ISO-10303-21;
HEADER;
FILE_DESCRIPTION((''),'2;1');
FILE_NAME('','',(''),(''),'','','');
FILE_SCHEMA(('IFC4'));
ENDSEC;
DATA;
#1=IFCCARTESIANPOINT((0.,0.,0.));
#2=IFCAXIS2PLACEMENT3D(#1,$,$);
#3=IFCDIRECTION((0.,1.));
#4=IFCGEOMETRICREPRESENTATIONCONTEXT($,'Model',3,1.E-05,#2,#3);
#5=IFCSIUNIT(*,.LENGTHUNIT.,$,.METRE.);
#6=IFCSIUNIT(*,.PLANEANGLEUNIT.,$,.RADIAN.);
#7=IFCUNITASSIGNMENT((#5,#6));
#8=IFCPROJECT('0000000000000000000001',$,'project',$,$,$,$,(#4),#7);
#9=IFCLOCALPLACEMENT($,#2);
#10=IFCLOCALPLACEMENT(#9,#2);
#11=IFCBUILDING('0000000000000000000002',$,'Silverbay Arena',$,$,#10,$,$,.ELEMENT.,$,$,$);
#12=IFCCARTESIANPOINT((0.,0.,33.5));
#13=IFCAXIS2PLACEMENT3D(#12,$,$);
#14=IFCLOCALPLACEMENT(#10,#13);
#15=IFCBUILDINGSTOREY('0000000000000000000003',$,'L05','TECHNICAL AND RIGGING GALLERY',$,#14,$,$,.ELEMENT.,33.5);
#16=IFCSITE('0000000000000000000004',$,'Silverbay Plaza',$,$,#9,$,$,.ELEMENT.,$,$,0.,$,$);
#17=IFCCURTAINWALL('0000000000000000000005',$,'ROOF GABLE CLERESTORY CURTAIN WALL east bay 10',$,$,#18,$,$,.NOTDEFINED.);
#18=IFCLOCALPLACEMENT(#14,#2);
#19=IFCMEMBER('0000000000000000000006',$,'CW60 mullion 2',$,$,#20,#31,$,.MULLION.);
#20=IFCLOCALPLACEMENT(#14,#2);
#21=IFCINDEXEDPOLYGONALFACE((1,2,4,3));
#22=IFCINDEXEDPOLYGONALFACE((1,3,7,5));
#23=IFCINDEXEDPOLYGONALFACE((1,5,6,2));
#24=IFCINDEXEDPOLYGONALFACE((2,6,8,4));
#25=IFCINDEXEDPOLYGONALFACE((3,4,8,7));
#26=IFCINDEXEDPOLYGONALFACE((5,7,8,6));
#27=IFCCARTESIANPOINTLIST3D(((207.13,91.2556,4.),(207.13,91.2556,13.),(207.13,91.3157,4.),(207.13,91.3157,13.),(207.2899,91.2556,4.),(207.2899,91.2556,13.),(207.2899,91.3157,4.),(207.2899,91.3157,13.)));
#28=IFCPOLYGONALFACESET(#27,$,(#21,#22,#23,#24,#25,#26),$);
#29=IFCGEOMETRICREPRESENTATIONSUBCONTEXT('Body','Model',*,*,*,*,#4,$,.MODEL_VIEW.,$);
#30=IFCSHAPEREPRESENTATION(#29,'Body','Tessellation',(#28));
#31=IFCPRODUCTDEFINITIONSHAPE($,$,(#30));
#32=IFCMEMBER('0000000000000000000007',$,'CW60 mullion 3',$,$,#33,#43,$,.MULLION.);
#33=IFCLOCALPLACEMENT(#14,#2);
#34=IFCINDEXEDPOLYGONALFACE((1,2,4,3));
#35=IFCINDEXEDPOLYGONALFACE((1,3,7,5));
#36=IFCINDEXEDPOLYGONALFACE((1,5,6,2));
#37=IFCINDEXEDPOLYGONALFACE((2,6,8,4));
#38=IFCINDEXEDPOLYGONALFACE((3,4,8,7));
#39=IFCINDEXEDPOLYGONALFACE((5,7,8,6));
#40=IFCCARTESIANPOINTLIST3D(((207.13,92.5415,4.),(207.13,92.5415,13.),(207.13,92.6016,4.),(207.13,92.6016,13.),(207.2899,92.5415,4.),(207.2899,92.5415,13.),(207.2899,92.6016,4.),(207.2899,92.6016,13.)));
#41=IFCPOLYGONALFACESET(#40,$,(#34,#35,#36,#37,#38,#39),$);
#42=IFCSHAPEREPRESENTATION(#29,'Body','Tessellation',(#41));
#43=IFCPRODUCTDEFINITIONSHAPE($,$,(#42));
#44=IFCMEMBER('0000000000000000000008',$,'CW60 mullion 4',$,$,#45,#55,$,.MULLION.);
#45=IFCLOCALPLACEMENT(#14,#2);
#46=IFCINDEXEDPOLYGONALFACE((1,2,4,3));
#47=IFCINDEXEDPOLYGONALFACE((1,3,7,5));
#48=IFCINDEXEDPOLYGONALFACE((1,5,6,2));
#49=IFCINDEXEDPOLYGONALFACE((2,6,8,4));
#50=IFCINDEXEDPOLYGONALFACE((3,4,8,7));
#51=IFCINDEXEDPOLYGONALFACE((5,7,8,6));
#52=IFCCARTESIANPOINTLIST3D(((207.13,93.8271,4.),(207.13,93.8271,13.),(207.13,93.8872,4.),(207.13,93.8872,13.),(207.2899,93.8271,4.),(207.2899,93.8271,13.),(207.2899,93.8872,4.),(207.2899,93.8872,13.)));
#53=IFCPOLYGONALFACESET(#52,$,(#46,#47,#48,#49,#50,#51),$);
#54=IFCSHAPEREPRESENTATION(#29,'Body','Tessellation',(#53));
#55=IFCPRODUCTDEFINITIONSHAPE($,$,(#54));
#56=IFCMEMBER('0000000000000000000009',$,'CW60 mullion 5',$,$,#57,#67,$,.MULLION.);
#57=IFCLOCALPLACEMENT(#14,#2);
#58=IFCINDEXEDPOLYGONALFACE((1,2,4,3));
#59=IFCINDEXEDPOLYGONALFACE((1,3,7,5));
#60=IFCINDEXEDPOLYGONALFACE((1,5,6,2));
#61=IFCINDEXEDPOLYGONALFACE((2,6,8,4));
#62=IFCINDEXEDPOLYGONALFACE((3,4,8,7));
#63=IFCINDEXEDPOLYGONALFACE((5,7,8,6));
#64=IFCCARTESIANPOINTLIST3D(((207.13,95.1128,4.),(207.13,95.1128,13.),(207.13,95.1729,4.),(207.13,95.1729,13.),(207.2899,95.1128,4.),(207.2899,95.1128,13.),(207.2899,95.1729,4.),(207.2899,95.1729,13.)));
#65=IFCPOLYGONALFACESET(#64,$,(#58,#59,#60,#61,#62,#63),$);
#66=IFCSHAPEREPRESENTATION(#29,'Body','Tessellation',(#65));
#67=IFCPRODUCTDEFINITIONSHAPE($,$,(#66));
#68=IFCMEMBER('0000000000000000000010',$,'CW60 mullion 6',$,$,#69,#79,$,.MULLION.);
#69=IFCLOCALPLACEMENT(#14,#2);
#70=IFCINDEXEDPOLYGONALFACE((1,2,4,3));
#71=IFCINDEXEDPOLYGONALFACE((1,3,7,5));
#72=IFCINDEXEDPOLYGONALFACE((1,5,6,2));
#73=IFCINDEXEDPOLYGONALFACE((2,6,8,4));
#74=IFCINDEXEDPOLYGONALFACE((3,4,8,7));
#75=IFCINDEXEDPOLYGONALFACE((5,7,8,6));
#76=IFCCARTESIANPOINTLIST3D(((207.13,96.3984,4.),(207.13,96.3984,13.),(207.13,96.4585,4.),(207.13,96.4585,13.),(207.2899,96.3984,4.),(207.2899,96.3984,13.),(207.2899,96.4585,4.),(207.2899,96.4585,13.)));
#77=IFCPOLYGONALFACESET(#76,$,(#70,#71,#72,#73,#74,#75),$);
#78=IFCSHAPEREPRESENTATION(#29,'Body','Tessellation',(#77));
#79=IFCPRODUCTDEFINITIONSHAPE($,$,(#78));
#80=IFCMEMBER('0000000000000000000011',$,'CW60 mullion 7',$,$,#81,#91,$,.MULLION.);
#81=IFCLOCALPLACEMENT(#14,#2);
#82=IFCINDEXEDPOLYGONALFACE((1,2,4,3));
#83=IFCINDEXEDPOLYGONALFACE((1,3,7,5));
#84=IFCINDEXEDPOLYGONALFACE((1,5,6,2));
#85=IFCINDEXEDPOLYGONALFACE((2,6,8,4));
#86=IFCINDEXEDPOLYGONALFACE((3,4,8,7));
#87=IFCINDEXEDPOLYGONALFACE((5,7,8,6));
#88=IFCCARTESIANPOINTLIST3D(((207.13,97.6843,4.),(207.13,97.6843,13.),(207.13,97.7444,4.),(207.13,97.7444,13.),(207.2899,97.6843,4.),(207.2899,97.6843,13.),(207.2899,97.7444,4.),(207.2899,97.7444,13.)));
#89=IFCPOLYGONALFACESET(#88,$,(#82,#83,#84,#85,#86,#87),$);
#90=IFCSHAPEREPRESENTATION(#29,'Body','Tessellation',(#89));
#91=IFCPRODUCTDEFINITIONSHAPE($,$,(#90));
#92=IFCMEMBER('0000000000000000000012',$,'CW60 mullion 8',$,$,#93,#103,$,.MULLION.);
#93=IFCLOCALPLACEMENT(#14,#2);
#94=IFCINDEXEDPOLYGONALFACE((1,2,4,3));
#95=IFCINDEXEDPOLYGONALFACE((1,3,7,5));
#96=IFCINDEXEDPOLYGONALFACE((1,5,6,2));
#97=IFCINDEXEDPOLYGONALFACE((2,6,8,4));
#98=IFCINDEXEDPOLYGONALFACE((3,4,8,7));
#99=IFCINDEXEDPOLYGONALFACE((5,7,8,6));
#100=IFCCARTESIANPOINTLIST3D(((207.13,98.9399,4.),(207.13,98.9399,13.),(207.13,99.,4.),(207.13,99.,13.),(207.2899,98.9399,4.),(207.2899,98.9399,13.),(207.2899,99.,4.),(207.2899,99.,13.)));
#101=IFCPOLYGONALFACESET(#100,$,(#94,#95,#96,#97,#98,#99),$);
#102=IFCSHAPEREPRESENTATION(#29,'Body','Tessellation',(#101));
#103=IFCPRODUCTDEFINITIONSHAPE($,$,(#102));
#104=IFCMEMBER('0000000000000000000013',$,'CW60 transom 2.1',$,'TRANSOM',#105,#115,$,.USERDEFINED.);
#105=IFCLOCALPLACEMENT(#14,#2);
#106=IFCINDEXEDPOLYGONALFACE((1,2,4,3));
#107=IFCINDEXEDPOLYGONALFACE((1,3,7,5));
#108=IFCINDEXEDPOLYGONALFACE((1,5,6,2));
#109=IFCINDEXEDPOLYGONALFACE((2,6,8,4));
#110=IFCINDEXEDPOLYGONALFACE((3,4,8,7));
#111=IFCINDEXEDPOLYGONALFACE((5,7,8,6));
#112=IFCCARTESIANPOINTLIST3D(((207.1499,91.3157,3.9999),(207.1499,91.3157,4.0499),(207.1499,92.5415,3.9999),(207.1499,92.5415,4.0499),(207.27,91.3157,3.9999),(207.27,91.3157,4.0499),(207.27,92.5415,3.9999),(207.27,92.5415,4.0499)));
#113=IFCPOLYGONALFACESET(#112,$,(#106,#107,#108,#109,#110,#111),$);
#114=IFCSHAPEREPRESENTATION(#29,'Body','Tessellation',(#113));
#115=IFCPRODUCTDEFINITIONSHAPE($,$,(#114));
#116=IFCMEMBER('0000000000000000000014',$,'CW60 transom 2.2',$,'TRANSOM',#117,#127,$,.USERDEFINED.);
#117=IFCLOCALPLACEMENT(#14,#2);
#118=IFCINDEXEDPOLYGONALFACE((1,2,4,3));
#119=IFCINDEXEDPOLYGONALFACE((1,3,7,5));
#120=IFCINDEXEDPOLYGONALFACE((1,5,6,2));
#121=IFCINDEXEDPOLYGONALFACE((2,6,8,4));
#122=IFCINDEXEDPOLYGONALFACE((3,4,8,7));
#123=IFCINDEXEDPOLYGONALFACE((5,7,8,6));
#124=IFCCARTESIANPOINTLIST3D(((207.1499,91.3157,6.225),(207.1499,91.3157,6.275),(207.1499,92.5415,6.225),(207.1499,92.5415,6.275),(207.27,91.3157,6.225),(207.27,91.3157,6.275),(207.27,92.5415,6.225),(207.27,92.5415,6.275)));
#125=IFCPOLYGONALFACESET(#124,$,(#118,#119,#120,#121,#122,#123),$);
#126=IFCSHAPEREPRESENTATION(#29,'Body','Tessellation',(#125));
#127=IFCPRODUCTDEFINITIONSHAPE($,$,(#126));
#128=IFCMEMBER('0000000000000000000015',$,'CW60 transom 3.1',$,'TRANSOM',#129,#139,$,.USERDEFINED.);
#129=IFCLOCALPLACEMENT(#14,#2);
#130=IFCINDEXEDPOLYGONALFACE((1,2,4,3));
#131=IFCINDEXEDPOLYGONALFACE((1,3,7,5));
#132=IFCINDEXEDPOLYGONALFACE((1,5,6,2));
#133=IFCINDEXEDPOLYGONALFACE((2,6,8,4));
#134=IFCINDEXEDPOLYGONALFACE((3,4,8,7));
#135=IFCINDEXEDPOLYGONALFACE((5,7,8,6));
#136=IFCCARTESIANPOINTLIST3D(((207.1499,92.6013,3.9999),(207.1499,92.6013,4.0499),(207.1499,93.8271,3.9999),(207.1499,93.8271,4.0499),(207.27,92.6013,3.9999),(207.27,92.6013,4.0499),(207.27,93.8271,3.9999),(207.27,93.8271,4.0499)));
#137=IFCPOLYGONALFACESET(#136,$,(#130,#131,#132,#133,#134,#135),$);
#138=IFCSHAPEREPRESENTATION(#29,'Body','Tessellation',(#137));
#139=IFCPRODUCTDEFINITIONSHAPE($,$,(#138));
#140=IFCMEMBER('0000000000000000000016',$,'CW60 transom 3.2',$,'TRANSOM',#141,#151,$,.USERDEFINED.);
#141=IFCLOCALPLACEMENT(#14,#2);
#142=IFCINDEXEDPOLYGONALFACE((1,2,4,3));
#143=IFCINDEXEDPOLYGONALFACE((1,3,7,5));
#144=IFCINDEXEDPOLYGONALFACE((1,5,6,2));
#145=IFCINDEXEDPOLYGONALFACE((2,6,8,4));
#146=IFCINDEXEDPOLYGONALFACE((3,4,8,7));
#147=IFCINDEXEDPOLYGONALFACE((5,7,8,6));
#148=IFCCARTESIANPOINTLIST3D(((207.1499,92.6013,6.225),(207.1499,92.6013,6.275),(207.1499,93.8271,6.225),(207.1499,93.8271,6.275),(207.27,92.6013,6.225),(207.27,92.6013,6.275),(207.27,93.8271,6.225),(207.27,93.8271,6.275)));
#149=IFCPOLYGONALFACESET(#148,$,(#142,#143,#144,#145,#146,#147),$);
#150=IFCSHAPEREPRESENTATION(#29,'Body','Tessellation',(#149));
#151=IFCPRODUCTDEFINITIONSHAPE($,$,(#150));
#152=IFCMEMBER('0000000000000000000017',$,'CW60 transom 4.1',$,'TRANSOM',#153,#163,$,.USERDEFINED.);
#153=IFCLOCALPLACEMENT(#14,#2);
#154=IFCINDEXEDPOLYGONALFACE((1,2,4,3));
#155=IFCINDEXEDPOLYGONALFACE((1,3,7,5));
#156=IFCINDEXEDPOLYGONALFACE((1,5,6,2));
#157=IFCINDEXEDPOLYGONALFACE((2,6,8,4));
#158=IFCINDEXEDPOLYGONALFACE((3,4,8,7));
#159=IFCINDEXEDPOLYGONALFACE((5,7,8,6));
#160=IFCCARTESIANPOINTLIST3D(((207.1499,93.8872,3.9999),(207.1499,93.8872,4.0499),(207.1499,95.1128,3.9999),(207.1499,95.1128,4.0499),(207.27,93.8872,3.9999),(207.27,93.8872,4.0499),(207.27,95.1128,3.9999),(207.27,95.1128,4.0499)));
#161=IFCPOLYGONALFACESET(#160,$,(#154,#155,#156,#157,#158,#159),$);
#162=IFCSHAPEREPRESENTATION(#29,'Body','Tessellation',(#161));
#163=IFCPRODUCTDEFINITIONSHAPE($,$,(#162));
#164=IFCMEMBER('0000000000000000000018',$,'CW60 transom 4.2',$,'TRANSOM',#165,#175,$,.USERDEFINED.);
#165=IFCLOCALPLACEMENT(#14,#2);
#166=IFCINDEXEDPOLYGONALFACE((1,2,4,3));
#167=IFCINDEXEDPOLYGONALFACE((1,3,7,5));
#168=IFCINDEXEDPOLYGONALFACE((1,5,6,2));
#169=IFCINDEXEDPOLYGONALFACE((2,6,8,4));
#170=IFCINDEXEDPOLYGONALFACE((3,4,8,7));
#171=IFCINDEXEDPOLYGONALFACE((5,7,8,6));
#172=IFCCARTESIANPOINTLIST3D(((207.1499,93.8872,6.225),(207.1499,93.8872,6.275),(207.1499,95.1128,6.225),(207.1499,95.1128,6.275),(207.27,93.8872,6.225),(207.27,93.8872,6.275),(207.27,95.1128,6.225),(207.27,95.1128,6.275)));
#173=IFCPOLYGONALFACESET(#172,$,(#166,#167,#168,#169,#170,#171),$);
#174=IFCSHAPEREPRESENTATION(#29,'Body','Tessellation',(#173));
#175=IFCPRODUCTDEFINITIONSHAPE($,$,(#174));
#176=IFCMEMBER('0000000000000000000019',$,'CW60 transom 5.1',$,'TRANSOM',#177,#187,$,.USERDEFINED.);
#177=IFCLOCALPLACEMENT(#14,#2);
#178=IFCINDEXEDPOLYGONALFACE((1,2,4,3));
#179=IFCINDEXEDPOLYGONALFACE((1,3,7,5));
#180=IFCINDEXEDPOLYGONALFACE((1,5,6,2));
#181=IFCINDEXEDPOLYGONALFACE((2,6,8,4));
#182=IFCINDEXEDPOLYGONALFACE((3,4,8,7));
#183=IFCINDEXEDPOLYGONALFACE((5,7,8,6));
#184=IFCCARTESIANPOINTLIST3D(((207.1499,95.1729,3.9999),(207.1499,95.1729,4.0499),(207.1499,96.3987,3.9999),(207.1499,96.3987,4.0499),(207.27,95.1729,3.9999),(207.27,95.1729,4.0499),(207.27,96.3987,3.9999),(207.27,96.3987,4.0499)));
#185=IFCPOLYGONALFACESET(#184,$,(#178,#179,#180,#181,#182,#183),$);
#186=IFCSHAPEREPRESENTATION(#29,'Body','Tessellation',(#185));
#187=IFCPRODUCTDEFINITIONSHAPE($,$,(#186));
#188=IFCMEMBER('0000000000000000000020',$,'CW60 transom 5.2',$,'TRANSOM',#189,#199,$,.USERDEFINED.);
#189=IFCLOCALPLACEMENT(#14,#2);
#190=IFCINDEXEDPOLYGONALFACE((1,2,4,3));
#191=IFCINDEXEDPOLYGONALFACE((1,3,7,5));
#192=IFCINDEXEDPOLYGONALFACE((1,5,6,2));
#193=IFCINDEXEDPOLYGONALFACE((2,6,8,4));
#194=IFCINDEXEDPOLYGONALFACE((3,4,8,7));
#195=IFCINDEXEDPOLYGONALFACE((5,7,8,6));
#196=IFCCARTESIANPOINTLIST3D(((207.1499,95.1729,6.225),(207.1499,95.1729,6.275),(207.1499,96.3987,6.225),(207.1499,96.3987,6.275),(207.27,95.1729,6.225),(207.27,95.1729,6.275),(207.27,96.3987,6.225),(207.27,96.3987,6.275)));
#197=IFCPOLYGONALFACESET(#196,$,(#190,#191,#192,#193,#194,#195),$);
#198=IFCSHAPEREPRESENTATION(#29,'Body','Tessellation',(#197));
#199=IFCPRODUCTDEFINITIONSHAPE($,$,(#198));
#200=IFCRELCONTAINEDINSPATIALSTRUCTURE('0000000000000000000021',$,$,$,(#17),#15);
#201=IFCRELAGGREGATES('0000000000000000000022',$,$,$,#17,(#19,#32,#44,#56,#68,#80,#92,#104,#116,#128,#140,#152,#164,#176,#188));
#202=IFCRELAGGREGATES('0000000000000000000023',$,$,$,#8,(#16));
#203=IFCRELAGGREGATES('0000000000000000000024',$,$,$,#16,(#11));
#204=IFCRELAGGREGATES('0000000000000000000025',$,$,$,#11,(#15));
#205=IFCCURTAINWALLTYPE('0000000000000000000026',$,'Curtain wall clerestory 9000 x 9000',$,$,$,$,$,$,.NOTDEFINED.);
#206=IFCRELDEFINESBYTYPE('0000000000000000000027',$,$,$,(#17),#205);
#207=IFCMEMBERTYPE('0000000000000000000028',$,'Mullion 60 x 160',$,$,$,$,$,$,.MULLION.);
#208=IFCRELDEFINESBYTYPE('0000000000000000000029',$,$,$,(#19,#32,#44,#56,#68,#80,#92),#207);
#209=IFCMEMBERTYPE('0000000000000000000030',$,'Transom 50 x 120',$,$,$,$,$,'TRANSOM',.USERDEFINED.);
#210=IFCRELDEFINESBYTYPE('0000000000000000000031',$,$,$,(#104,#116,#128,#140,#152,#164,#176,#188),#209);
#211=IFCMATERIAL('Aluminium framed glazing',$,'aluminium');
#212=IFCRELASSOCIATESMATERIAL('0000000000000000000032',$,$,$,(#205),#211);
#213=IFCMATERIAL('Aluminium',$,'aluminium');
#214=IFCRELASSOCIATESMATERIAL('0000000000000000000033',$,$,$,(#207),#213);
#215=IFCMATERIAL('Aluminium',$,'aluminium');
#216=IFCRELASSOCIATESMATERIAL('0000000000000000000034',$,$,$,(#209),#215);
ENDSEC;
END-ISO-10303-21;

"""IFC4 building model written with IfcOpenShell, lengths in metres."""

from ifc_helpers import new_model, si_unit, direction, frame, origin, origin_2d, place, context, subcontext, project, spatial, rectangle, extrude, material, material_profile, profile_set, type_object, element, aggregate, save


model = new_model("IFC4")

# Units and contexts
model_context = context("Model", 3, precision=1e-05, world=origin(), true_north=direction((0.0, 1.0)))
body_context = subcontext(model_context, "Body", "Model", "MODEL_VIEW")
ifc_project = project(units=[si_unit("LENGTHUNIT", "METRE"), si_unit("PLANEANGLEUNIT", "RADIAN")], contexts=[model_context])

# Site, building, storey
site_placement = place(None, origin())
site = spatial("IfcSite", under=ifc_project, at=site_placement, Name="Silverbay Plaza", CompositionType="ELEMENT", RefElevation=0.0)
building_placement = place(site_placement, origin())
building = spatial("IfcBuilding", under=site, at=building_placement, Name="Silverbay Arena", CompositionType="ELEMENT")
storey_placement = place(building_placement, frame((0.0, 0.0, 33.5)))
storey = spatial("IfcBuildingStorey", under=building, at=storey_placement, Name="L05", Description="TECHNICAL AND RIGGING GALLERY", CompositionType="ELEMENT", Elevation=33.5)

# Curtain wall, members
ifc_material_1 = material(Name="Aluminium framed glazing", Category="aluminium")
curtain_wall_type = type_object("IfcCurtainWallType", Name="Curtain wall clerestory 9000 x 9000", PredefinedType="NOTDEFINED", material=ifc_material_1)
curtain_wall_placement = place(storey_placement, origin())
curtain_wall = element("IfcCurtainWall", 1, at=curtain_wall_placement, inside=storey, type_object=curtain_wall_type, Name="ROOF GABLE CLERESTORY CURTAIN WALL east bay 10", PredefinedType="NOTDEFINED")
ifc_material_2 = material(Name="Aluminium", Category="aluminium")
ifc_material_profile_1 = material_profile(ifc_material_2, rectangle(XDim=0.1599, YDim=0.0601, at=origin_2d()), Name="Mullion 60 x 160")
ifc_profile_set_1 = profile_set([ifc_material_profile_1], Name="Aluminium")
member_type_1 = type_object("IfcMemberType", Name="Mullion 60 x 160", PredefinedType="MULLION", material=ifc_profile_set_1)
member_1_placement = place(storey_placement, frame((207.21, 91.2856, 4.0), z_axis=(0.0, 0.0, 1.0), x_axis=(-1.0, 0.0, 0.0)))
member_1 = element("IfcMember", 2, at=member_1_placement, type_object=member_type_1, Name="CW60 mullion 2", PredefinedType="MULLION", context=body_context, shape_type="SweptSolid", body=[
    extrude(rectangle(XDim=0.1599, YDim=0.0601, at=origin_2d()), origin(), (0.0, 0.0, 1.0), 9.0),
])
member_2_placement = place(storey_placement, frame((207.21, 92.5715, 4.0), z_axis=(0.0, 0.0, 1.0), x_axis=(-1.0, 0.0, 0.0)))
member_2 = element("IfcMember", 3, at=member_2_placement, type_object=member_type_1, Name="CW60 mullion 3", PredefinedType="MULLION", context=body_context, shape_type="SweptSolid", body=[
    extrude(rectangle(XDim=0.1599, YDim=0.0601, at=origin_2d()), origin(), (0.0, 0.0, 1.0), 9.0),
])
member_3_placement = place(storey_placement, frame((207.21, 93.8572, 4.0), z_axis=(0.0, 0.0, 1.0), x_axis=(-1.0, 0.0, 0.0)))
member_3 = element("IfcMember", 4, at=member_3_placement, type_object=member_type_1, Name="CW60 mullion 4", PredefinedType="MULLION", context=body_context, shape_type="SweptSolid", body=[
    extrude(rectangle(XDim=0.1599, YDim=0.0601, at=origin_2d()), origin(), (0.0, 0.0, 1.0), 9.0),
])
member_4_placement = place(storey_placement, frame((207.21, 95.1428, 4.0), z_axis=(0.0, 0.0, 1.0), x_axis=(-1.0, 0.0, 0.0)))
member_4 = element("IfcMember", 5, at=member_4_placement, type_object=member_type_1, Name="CW60 mullion 5", PredefinedType="MULLION", context=body_context, shape_type="SweptSolid", body=[
    extrude(rectangle(XDim=0.1599, YDim=0.0601, at=origin_2d()), origin(), (0.0, 0.0, 1.0), 9.0),
])
member_5_placement = place(storey_placement, frame((207.21, 96.4285, 4.0), z_axis=(0.0, 0.0, 1.0), x_axis=(-1.0, 0.0, 0.0)))
member_5 = element("IfcMember", 6, at=member_5_placement, type_object=member_type_1, Name="CW60 mullion 6", PredefinedType="MULLION", context=body_context, shape_type="SweptSolid", body=[
    extrude(rectangle(XDim=0.1599, YDim=0.0601, at=origin_2d()), origin(), (0.0, 0.0, 1.0), 9.0),
])
member_6_placement = place(storey_placement, frame((207.21, 97.7144, 4.0), z_axis=(0.0, 0.0, 1.0), x_axis=(-1.0, 0.0, 0.0)))
member_6 = element("IfcMember", 7, at=member_6_placement, type_object=member_type_1, Name="CW60 mullion 7", PredefinedType="MULLION", context=body_context, shape_type="SweptSolid", body=[
    extrude(rectangle(XDim=0.1599, YDim=0.0601, at=origin_2d()), origin(), (0.0, 0.0, 1.0), 9.0),
])
member_7_placement = place(storey_placement, frame((207.21, 98.97, 4.0), z_axis=(0.0, 0.0, 1.0), x_axis=(-1.0, 0.0, 0.0)))
member_7 = element("IfcMember", 8, at=member_7_placement, type_object=member_type_1, Name="CW60 mullion 8", PredefinedType="MULLION", context=body_context, shape_type="SweptSolid", body=[
    extrude(rectangle(XDim=0.1599, YDim=0.0601, at=origin_2d()), origin(), (0.0, 0.0, 1.0), 9.0),
])
ifc_material_3 = material(Name="Aluminium", Category="aluminium")
ifc_material_profile_2 = material_profile(ifc_material_3, rectangle(XDim=0.1201, YDim=0.05, at=origin_2d()), Name="Transom 50 x 120")
ifc_profile_set_2 = profile_set([ifc_material_profile_2], Name="Aluminium")
member_type_2 = type_object("IfcMemberType", Name="Transom 50 x 120", ElementType="TRANSOM", PredefinedType="USERDEFINED", material=ifc_profile_set_2)
member_8_placement = place(storey_placement, frame((207.21, 91.3157, 4.0249), z_axis=(0.0, 1.0, 0.0), x_axis=(-1.0, 0.0, 0.0)))
member_8 = element("IfcMember", 9, at=member_8_placement, type_object=member_type_2, Name="CW60 transom 2.1", ObjectType="TRANSOM", PredefinedType="USERDEFINED", context=body_context, shape_type="SweptSolid", body=[
    extrude(rectangle(XDim=0.1201, YDim=0.05, at=origin_2d()), origin(), (0.0, 0.0, 1.0), 1.2258),
])
member_9_placement = place(storey_placement, frame((207.21, 91.3157, 6.25), z_axis=(0.0, 1.0, 0.0), x_axis=(-1.0, 0.0, 0.0)))
member_9 = element("IfcMember", 10, at=member_9_placement, type_object=member_type_2, Name="CW60 transom 2.2", ObjectType="TRANSOM", PredefinedType="USERDEFINED", context=body_context, shape_type="SweptSolid", body=[
    extrude(rectangle(XDim=0.1201, YDim=0.05, at=origin_2d()), origin(), (0.0, 0.0, 1.0), 1.2258),
])
member_10_placement = place(storey_placement, frame((207.21, 92.6013, 4.0249), z_axis=(0.0, 1.0, 0.0), x_axis=(-1.0, 0.0, 0.0)))
member_10 = element("IfcMember", 11, at=member_10_placement, type_object=member_type_2, Name="CW60 transom 3.1", ObjectType="TRANSOM", PredefinedType="USERDEFINED", context=body_context, shape_type="SweptSolid", body=[
    extrude(rectangle(XDim=0.1201, YDim=0.05, at=origin_2d()), origin(), (0.0, 0.0, 1.0), 1.2258),
])
member_11_placement = place(storey_placement, frame((207.21, 92.6013, 6.25), z_axis=(0.0, 1.0, 0.0), x_axis=(-1.0, 0.0, 0.0)))
member_11 = element("IfcMember", 12, at=member_11_placement, type_object=member_type_2, Name="CW60 transom 3.2", ObjectType="TRANSOM", PredefinedType="USERDEFINED", context=body_context, shape_type="SweptSolid", body=[
    extrude(rectangle(XDim=0.1201, YDim=0.05, at=origin_2d()), origin(), (0.0, 0.0, 1.0), 1.2258),
])
member_12_placement = place(storey_placement, frame((207.21, 93.8872, 4.0249), z_axis=(0.0, 1.0, 0.0), x_axis=(-1.0, 0.0, 0.0)))
member_12 = element("IfcMember", 13, at=member_12_placement, type_object=member_type_2, Name="CW60 transom 4.1", ObjectType="TRANSOM", PredefinedType="USERDEFINED", context=body_context, shape_type="SweptSolid", body=[
    extrude(rectangle(XDim=0.1201, YDim=0.05, at=origin_2d()), origin(), (0.0, 0.0, 1.0), 1.2256),
])
member_13_placement = place(storey_placement, frame((207.21, 93.8872, 6.25), z_axis=(0.0, 1.0, 0.0), x_axis=(-1.0, 0.0, 0.0)))
member_13 = element("IfcMember", 14, at=member_13_placement, type_object=member_type_2, Name="CW60 transom 4.2", ObjectType="TRANSOM", PredefinedType="USERDEFINED", context=body_context, shape_type="SweptSolid", body=[
    extrude(rectangle(XDim=0.1201, YDim=0.05, at=origin_2d()), origin(), (0.0, 0.0, 1.0), 1.2256),
])
member_14_placement = place(storey_placement, frame((207.21, 95.1729, 4.0249), z_axis=(0.0, 1.0, 0.0), x_axis=(-1.0, 0.0, 0.0)))
member_14 = element("IfcMember", 15, at=member_14_placement, type_object=member_type_2, Name="CW60 transom 5.1", ObjectType="TRANSOM", PredefinedType="USERDEFINED", context=body_context, shape_type="SweptSolid", body=[
    extrude(rectangle(XDim=0.1201, YDim=0.05, at=origin_2d()), origin(), (0.0, 0.0, 1.0), 1.2258),
])
member_15_placement = place(storey_placement, frame((207.21, 95.1729, 6.25), z_axis=(0.0, 1.0, 0.0), x_axis=(-1.0, 0.0, 0.0)))
member_15 = element("IfcMember", 16, at=member_15_placement, type_object=member_type_2, Name="CW60 transom 5.2", ObjectType="TRANSOM", PredefinedType="USERDEFINED", context=body_context, shape_type="SweptSolid", body=[
    extrude(rectangle(XDim=0.1201, YDim=0.05, at=origin_2d()), origin(), (0.0, 0.0, 1.0), 1.2258),
])
aggregate(curtain_wall, [member_1, member_2, member_3, member_4, member_5, member_6, member_7, member_8, member_9, member_10, member_11, member_12, member_13, member_14, member_15])

save(model, "model.ifc")
